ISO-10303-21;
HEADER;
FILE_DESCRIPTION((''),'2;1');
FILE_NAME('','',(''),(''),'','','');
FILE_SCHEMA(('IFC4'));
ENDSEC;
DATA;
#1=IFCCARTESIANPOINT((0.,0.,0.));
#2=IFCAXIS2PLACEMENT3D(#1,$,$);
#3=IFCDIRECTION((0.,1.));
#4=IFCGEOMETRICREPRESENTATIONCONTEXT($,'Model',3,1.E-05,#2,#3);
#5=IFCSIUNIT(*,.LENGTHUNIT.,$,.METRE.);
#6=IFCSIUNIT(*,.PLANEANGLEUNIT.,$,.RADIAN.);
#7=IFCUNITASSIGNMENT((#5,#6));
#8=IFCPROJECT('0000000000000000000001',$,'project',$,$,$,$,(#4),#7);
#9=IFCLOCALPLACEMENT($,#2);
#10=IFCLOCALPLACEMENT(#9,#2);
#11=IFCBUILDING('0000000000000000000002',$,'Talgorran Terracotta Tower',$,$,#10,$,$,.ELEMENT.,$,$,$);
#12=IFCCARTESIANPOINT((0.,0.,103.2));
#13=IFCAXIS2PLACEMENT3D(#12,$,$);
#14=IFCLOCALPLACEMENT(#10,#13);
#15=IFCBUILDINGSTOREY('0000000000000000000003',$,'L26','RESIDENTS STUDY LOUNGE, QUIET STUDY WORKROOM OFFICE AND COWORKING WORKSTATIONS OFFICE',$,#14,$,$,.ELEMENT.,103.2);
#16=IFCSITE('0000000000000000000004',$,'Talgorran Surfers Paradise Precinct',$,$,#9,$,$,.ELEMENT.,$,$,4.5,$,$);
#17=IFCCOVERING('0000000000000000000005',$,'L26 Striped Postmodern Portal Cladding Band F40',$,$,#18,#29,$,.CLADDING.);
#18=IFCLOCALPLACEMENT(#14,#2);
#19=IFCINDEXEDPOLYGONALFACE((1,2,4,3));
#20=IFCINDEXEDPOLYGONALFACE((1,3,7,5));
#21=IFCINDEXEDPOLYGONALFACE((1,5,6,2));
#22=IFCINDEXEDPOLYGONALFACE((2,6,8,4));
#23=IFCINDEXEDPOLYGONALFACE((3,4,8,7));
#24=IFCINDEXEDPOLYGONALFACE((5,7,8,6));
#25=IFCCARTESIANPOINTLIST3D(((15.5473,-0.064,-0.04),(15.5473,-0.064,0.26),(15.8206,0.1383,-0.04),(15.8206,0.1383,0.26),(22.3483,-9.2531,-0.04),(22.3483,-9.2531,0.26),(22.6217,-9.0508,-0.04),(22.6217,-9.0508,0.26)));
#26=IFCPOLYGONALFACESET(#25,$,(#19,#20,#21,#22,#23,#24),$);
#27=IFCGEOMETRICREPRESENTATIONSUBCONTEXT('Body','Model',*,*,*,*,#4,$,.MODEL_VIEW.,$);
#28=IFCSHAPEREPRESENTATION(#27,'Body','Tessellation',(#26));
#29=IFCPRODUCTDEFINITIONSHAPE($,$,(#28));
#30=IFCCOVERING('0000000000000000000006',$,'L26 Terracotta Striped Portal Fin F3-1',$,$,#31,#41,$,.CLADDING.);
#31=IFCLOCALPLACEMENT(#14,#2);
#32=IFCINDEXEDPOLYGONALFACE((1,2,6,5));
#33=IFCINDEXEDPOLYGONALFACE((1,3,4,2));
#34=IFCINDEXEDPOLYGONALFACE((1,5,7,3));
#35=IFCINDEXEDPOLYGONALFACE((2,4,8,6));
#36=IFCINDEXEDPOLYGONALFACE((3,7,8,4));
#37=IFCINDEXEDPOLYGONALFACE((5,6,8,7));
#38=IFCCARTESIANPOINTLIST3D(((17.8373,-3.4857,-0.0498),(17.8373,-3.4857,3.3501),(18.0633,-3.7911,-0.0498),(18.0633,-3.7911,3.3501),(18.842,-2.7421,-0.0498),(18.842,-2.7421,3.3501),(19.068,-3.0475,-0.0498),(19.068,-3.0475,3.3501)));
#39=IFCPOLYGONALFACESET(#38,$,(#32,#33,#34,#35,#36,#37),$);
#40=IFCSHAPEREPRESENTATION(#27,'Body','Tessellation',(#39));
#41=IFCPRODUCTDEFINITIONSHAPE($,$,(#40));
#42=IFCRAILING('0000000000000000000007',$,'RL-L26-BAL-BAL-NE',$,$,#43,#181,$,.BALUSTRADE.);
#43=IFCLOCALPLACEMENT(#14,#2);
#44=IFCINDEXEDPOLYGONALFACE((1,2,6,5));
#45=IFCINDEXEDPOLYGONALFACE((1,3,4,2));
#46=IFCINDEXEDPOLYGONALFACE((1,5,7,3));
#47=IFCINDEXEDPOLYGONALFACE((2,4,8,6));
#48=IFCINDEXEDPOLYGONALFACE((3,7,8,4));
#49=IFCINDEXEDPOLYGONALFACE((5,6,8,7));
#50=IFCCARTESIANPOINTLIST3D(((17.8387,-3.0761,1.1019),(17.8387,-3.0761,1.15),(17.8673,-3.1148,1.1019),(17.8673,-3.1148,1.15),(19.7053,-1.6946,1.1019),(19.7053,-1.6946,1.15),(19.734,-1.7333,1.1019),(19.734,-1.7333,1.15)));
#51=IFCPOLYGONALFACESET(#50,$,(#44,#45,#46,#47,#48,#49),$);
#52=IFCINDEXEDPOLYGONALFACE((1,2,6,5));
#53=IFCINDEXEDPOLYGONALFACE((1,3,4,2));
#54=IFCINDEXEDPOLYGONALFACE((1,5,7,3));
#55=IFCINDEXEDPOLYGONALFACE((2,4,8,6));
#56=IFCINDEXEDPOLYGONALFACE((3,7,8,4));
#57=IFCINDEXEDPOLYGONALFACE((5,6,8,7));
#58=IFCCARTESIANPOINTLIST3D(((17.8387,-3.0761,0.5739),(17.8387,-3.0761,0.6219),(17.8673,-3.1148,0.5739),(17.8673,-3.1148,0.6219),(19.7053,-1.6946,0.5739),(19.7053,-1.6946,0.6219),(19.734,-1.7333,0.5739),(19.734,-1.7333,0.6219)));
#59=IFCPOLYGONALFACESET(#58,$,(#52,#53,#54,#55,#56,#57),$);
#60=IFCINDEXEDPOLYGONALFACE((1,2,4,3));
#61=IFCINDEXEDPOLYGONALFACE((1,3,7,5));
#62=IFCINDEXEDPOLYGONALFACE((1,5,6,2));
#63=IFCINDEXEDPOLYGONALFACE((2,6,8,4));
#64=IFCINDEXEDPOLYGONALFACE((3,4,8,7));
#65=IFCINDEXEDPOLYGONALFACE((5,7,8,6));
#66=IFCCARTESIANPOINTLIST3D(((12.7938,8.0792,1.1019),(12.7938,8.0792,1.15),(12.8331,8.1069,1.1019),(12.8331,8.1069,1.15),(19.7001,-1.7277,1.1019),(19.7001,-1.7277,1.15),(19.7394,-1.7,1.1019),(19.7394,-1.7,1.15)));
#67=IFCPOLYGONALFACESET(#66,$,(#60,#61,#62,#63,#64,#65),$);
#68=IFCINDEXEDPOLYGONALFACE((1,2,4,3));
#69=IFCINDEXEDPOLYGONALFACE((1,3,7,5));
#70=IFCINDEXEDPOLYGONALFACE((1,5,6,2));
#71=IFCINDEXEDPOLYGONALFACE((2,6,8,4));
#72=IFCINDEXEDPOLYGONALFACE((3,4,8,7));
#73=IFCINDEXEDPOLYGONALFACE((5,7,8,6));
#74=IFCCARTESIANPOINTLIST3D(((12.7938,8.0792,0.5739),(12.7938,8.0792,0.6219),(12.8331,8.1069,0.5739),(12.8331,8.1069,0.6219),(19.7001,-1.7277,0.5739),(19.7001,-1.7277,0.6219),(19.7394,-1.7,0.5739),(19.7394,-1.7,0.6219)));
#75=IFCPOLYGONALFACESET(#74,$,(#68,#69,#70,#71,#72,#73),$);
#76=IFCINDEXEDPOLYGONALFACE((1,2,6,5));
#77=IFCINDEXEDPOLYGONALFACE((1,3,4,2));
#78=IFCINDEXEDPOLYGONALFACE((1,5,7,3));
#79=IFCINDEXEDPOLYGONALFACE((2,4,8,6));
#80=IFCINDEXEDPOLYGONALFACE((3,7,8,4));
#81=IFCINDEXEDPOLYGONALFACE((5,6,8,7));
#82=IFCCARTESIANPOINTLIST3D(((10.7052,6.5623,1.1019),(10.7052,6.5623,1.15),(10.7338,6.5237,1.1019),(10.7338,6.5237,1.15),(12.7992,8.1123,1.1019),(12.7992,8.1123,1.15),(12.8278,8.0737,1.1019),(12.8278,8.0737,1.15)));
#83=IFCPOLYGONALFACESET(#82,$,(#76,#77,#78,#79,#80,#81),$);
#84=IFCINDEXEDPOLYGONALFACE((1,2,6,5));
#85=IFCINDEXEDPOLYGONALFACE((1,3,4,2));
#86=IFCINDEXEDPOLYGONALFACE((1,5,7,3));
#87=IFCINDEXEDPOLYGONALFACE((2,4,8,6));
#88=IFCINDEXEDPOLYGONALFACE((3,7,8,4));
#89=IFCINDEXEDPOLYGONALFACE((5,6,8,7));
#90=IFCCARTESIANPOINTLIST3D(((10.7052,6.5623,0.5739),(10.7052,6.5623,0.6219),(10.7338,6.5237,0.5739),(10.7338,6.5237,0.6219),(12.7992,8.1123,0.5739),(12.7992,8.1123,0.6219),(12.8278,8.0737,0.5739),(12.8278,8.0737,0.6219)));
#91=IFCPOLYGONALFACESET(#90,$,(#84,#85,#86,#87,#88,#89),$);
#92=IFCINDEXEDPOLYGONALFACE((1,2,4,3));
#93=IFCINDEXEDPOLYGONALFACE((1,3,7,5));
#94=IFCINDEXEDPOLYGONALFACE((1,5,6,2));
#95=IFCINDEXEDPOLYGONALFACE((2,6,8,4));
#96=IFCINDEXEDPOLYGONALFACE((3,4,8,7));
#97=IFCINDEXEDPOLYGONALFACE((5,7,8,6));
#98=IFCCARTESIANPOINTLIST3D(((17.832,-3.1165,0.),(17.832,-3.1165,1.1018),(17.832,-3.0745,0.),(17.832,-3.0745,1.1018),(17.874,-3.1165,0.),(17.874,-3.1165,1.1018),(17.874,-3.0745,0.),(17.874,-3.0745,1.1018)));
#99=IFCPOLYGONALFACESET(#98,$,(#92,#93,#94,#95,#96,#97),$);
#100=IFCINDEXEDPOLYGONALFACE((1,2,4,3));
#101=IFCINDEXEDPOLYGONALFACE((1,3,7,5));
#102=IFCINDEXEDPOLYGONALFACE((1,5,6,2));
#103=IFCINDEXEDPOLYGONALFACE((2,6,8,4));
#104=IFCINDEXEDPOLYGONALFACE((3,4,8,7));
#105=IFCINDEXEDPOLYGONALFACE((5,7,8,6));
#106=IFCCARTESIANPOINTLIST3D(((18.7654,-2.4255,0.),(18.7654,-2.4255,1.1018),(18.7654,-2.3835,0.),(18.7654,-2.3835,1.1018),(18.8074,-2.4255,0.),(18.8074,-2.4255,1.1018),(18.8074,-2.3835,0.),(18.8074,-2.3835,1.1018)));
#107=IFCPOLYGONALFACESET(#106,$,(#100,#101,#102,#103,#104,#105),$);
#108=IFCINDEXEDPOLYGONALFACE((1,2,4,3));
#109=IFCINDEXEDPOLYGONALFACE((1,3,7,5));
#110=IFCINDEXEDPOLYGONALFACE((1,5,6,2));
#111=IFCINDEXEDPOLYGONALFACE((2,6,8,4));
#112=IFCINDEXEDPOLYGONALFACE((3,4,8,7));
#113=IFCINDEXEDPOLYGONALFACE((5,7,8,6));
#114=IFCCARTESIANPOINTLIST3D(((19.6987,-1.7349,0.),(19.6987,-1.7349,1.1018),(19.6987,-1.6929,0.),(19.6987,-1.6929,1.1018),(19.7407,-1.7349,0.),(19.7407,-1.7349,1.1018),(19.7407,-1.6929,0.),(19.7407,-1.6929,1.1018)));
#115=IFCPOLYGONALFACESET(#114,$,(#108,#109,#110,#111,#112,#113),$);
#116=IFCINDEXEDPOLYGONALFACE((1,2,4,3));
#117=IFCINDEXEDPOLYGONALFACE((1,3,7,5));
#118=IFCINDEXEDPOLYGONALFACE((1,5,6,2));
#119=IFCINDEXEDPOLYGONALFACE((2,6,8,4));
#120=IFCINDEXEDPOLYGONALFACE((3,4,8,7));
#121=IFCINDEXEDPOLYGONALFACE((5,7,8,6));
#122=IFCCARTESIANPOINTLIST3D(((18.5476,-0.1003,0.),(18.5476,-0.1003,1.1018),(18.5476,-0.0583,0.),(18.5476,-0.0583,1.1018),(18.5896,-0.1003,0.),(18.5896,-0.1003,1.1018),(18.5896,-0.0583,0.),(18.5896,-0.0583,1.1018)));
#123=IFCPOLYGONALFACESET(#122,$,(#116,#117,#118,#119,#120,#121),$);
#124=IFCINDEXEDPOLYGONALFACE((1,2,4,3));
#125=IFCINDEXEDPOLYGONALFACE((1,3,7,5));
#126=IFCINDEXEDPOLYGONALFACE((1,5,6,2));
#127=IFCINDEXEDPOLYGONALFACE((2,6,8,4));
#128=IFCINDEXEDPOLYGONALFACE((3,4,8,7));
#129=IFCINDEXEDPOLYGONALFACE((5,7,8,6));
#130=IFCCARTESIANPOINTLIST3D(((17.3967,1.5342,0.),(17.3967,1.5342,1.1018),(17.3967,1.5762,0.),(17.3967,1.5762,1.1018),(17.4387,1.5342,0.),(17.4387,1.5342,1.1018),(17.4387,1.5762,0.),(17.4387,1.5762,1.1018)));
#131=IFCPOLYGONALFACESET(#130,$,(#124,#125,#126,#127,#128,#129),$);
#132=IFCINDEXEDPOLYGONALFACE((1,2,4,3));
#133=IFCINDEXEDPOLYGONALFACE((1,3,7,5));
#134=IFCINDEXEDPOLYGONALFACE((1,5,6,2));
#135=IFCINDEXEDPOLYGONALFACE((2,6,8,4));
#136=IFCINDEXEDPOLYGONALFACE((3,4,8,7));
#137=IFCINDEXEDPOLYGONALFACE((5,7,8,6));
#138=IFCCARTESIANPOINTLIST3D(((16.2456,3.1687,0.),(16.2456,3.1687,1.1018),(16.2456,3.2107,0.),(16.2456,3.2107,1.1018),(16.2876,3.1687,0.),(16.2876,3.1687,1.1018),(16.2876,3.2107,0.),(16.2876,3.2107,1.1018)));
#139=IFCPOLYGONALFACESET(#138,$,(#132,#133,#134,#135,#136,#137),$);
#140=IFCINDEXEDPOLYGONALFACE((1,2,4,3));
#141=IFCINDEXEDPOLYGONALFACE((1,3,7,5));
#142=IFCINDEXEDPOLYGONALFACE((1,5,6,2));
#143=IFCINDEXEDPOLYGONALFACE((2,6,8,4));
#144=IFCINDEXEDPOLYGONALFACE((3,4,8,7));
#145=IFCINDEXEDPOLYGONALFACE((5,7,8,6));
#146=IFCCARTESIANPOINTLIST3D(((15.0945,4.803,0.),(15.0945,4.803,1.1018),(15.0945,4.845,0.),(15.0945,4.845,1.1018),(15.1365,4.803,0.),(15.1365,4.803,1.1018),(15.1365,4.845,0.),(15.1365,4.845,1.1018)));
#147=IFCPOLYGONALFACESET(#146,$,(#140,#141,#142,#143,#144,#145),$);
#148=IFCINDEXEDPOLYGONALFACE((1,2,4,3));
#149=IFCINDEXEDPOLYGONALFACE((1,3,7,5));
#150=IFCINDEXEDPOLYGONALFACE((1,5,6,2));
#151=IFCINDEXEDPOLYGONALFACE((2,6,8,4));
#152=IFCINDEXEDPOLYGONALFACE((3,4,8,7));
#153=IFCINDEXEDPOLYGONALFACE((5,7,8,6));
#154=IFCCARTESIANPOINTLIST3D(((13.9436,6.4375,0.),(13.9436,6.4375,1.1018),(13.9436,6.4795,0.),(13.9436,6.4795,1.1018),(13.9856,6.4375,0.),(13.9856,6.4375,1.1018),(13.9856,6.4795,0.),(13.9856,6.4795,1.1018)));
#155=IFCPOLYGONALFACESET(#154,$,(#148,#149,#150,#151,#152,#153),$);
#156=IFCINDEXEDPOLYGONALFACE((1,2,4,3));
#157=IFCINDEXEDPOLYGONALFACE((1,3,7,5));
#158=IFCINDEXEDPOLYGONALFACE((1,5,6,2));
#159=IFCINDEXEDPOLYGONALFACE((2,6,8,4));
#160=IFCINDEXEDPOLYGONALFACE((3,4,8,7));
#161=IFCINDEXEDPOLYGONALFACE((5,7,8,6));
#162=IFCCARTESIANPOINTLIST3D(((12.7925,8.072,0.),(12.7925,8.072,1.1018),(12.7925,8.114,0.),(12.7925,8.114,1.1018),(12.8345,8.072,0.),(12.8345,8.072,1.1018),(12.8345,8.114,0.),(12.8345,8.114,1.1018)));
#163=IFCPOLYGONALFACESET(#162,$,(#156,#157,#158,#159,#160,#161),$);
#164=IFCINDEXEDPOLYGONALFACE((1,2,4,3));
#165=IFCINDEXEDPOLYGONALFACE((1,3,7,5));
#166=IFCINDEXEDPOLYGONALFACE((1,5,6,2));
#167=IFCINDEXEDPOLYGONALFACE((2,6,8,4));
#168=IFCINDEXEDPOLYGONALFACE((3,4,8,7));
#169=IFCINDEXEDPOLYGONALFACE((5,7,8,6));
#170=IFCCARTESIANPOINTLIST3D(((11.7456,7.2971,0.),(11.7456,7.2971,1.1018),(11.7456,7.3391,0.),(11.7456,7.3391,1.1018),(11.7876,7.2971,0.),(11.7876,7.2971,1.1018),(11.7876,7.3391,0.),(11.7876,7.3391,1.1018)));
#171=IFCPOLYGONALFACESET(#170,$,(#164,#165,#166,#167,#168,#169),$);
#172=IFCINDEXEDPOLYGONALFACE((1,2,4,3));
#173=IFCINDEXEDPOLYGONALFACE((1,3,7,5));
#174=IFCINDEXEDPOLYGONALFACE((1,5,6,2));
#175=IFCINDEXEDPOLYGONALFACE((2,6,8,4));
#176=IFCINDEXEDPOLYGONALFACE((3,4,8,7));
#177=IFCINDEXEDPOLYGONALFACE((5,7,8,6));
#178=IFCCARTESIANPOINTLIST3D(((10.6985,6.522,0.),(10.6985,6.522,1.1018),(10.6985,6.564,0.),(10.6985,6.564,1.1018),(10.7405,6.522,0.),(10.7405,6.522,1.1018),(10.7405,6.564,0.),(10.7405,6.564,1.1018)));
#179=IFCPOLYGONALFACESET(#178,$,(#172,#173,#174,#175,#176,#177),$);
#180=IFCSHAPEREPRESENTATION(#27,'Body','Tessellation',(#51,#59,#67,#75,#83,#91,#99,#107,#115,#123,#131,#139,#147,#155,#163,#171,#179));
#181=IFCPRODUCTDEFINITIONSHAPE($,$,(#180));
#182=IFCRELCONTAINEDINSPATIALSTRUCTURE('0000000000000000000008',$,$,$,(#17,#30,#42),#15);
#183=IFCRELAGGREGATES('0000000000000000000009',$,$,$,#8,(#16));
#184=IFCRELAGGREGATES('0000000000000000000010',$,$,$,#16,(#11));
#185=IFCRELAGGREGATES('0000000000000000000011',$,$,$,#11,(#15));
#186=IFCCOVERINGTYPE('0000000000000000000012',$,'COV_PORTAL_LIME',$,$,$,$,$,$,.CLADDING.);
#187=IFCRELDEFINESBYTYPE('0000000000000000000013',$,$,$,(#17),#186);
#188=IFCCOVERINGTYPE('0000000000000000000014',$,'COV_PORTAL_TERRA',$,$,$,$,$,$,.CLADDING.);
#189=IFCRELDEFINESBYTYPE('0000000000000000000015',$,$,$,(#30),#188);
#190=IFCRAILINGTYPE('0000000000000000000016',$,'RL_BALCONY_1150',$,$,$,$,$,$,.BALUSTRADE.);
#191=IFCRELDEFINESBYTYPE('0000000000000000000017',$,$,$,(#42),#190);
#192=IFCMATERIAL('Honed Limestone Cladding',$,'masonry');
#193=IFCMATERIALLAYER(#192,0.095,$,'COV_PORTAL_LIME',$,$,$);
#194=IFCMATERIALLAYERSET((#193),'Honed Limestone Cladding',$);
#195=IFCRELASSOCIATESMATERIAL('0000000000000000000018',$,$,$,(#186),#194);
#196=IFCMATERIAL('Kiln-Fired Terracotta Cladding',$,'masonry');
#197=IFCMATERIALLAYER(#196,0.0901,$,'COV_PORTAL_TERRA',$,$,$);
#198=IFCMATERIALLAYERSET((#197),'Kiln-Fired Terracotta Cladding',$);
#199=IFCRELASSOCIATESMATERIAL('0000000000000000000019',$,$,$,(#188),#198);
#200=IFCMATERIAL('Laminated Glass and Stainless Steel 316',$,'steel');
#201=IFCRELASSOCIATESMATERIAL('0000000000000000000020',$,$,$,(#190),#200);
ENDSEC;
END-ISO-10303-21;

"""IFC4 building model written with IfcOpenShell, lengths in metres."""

from ifc_helpers import new_model, si_unit, direction, frame, origin, origin_2d, place, context, subcontext, project, spatial, rectangle, extrude, material, layer, layer_set, type_object, element, save


model = new_model("IFC4")

# Units and contexts
model_context = context("Model", 3, precision=1e-05, world=origin(), true_north=direction((0.0, 1.0)))
body_context = subcontext(model_context, "Body", "Model", "MODEL_VIEW")
ifc_project = project(units=[si_unit("LENGTHUNIT", "METRE"), si_unit("PLANEANGLEUNIT", "RADIAN")], contexts=[model_context])

# Site, building, storey
site_placement = place(None, origin())
site = spatial("IfcSite", under=ifc_project, at=site_placement, Name="Talgorran Surfers Paradise Precinct", CompositionType="ELEMENT", RefElevation=4.5)
building_placement = place(site_placement, origin())
building = spatial("IfcBuilding", under=site, at=building_placement, Name="Talgorran Terracotta Tower", CompositionType="ELEMENT")
storey_placement = place(building_placement, frame((0.0, 0.0, 103.2)))
storey = spatial("IfcBuildingStorey", under=building, at=storey_placement, Name="L26", Description="RESIDENTS STUDY LOUNGE, QUIET STUDY WORKROOM OFFICE AND COWORKING WORKSTATIONS OFFICE", CompositionType="ELEMENT", Elevation=103.2)

# Coverings
ifc_material_1 = material(Name="Honed Limestone Cladding", Category="masonry")
ifc_layer_1 = layer(ifc_material_1, 0.095, Name="COV_PORTAL_LIME")
ifc_layer_set_1 = layer_set([ifc_layer_1], Name="Honed Limestone Cladding")
covering_type_1 = type_object("IfcCoveringType", Name="COV_PORTAL_LIME", PredefinedType="CLADDING", material=ifc_layer_set_1)
covering_1_placement = place(storey_placement, frame((19.0845, -4.5574, -0.04), z_axis=(0.0, 0.0, 1.0), x_axis=(-0.594907, 0.803795, 0.0)))
element("IfcCovering", 1, at=covering_1_placement, inside=storey, type_object=covering_type_1, Name="L26 Striped Postmodern Portal Cladding Band F40", PredefinedType="CLADDING", context=body_context, shape_type="SweptSolid", body=[
    extrude(rectangle(XDim=11.4321, YDim=0.3401, at=origin_2d()), origin(), (0.0, 0.0, 1.0), 0.3),
])
ifc_material_2 = material(Name="Kiln-Fired Terracotta Cladding", Category="masonry")
ifc_layer_2 = layer(ifc_material_2, 0.0901, Name="COV_PORTAL_TERRA")
ifc_layer_set_2 = layer_set([ifc_layer_2], Name="Kiln-Fired Terracotta Cladding")
covering_type_2 = type_object("IfcCoveringType", Name="COV_PORTAL_TERRA", PredefinedType="CLADDING", material=ifc_layer_set_2)
covering_2_placement = place(storey_placement, frame((18.4526, -3.2666, -0.0498), z_axis=(0.0, 0.0, 1.0), x_axis=(-0.594907, 0.803795, 0.0)))
element("IfcCovering", 2, at=covering_2_placement, inside=storey, type_object=covering_type_2, Name="L26 Terracotta Striped Portal Fin F3-1", PredefinedType="CLADDING", context=body_context, shape_type="SweptSolid", body=[
    extrude(rectangle(XDim=0.3799, YDim=1.25, at=origin_2d()), origin(), (0.0, 0.0, 1.0), 3.3999),
])

# Railing
ifc_material_3 = material(Name="Laminated Glass and Stainless Steel 316", Category="steel")
railing_type = type_object("IfcRailingType", Name="RL_BALCONY_1150", PredefinedType="BALUSTRADE", material=ifc_material_3)
railing_placement = place(storey_placement, frame((17.853, -3.0955, 0.0)))
element("IfcRailing", 3, at=railing_placement, inside=storey, type_object=railing_type, Name="RL-L26-BAL-BAL-NE", PredefinedType="BALUSTRADE", context=body_context, shape_type="SweptSolid", body=[
    extrude(rectangle(XDim=0.0481, YDim=0.0481, at=origin_2d()), frame((0.0, 0.0, 1.126), z_axis=(0.803794, 0.594908, 0.0), x_axis=(-0.594908, 0.803794, 0.0)), (0.0, 0.0, 1.0), 2.3223),
    extrude(rectangle(XDim=0.0481, YDim=0.0481, at=origin_2d()), frame((0.0, 0.0, 0.5979), z_axis=(0.803794, 0.594908, 0.0), x_axis=(-0.594908, 0.803794, 0.0)), (0.0, 0.0, 1.0), 2.3223),
    extrude(rectangle(XDim=0.0481, YDim=0.0481, at=origin_2d()), frame((1.8667, 1.3816, 1.126), z_axis=(-0.575778, 0.817606, 0.0), x_axis=(-0.817606, -0.575778, 0.0)), (0.0, 0.0, 1.0), 11.9946),
    extrude(rectangle(XDim=0.0481, YDim=0.0481, at=origin_2d()), frame((1.8667, 1.3816, 0.5979), z_axis=(-0.575778, 0.817606, 0.0), x_axis=(-0.817606, -0.575778, 0.0)), (0.0, 0.0, 1.0), 11.9946),
    extrude(rectangle(XDim=0.0481, YDim=0.0481, at=origin_2d()), frame((-5.0396, 11.1885, 1.126), z_axis=(-0.803751, -0.594965, 0.0), x_axis=(0.594965, -0.803751, 0.0)), (0.0, 0.0, 1.0), 2.6052),
    extrude(rectangle(XDim=0.0481, YDim=0.0481, at=origin_2d()), frame((-5.0396, 11.1885, 0.5979), z_axis=(-0.803751, -0.594965, 0.0), x_axis=(0.594965, -0.803751, 0.0)), (0.0, 0.0, 1.0), 2.6052),
    extrude(rectangle(XDim=0.042, YDim=0.042, at=origin_2d()), origin(), (0.0, 0.0, 1.0), 1.1018),
    extrude(rectangle(XDim=0.042, YDim=0.042, at=origin_2d()), frame((0.9333, 0.6909, 0.0)), (0.0, 0.0, 1.0), 1.1018),
    extrude(rectangle(XDim=0.042, YDim=0.042, at=origin_2d()), frame((1.8667, 1.3816, 0.0)), (0.0, 0.0, 1.0), 1.1018),
    extrude(rectangle(XDim=0.042, YDim=0.042, at=origin_2d()), frame((0.7156, 3.0161, 0.0)), (0.0, 0.0, 1.0), 1.1018),
    extrude(rectangle(XDim=0.042, YDim=0.042, at=origin_2d()), frame((-0.4353, 4.6506, 0.0)), (0.0, 0.0, 1.0), 1.1018),
    extrude(rectangle(XDim=0.042, YDim=0.042, at=origin_2d()), frame((-1.5864, 6.2852, 0.0)), (0.0, 0.0, 1.0), 1.1018),
    extrude(rectangle(XDim=0.042, YDim=0.042, at=origin_2d()), frame((-2.7375, 7.9194, 0.0)), (0.0, 0.0, 1.0), 1.1018),
    extrude(rectangle(XDim=0.042, YDim=0.042, at=origin_2d()), frame((-3.8884, 9.554, 0.0)), (0.0, 0.0, 1.0), 1.1018),
    extrude(rectangle(XDim=0.042, YDim=0.042, at=origin_2d()), frame((-5.0396, 11.1885, 0.0)), (0.0, 0.0, 1.0), 1.1018),
    extrude(rectangle(XDim=0.042, YDim=0.042, at=origin_2d()), frame((-6.0864, 10.4136, 0.0)), (0.0, 0.0, 1.0), 1.1018),
    extrude(rectangle(XDim=0.042, YDim=0.042, at=origin_2d()), frame((-7.1335, 9.6384, 0.0)), (0.0, 0.0, 1.0), 1.1018),
])

save(model, "model.ifc")
